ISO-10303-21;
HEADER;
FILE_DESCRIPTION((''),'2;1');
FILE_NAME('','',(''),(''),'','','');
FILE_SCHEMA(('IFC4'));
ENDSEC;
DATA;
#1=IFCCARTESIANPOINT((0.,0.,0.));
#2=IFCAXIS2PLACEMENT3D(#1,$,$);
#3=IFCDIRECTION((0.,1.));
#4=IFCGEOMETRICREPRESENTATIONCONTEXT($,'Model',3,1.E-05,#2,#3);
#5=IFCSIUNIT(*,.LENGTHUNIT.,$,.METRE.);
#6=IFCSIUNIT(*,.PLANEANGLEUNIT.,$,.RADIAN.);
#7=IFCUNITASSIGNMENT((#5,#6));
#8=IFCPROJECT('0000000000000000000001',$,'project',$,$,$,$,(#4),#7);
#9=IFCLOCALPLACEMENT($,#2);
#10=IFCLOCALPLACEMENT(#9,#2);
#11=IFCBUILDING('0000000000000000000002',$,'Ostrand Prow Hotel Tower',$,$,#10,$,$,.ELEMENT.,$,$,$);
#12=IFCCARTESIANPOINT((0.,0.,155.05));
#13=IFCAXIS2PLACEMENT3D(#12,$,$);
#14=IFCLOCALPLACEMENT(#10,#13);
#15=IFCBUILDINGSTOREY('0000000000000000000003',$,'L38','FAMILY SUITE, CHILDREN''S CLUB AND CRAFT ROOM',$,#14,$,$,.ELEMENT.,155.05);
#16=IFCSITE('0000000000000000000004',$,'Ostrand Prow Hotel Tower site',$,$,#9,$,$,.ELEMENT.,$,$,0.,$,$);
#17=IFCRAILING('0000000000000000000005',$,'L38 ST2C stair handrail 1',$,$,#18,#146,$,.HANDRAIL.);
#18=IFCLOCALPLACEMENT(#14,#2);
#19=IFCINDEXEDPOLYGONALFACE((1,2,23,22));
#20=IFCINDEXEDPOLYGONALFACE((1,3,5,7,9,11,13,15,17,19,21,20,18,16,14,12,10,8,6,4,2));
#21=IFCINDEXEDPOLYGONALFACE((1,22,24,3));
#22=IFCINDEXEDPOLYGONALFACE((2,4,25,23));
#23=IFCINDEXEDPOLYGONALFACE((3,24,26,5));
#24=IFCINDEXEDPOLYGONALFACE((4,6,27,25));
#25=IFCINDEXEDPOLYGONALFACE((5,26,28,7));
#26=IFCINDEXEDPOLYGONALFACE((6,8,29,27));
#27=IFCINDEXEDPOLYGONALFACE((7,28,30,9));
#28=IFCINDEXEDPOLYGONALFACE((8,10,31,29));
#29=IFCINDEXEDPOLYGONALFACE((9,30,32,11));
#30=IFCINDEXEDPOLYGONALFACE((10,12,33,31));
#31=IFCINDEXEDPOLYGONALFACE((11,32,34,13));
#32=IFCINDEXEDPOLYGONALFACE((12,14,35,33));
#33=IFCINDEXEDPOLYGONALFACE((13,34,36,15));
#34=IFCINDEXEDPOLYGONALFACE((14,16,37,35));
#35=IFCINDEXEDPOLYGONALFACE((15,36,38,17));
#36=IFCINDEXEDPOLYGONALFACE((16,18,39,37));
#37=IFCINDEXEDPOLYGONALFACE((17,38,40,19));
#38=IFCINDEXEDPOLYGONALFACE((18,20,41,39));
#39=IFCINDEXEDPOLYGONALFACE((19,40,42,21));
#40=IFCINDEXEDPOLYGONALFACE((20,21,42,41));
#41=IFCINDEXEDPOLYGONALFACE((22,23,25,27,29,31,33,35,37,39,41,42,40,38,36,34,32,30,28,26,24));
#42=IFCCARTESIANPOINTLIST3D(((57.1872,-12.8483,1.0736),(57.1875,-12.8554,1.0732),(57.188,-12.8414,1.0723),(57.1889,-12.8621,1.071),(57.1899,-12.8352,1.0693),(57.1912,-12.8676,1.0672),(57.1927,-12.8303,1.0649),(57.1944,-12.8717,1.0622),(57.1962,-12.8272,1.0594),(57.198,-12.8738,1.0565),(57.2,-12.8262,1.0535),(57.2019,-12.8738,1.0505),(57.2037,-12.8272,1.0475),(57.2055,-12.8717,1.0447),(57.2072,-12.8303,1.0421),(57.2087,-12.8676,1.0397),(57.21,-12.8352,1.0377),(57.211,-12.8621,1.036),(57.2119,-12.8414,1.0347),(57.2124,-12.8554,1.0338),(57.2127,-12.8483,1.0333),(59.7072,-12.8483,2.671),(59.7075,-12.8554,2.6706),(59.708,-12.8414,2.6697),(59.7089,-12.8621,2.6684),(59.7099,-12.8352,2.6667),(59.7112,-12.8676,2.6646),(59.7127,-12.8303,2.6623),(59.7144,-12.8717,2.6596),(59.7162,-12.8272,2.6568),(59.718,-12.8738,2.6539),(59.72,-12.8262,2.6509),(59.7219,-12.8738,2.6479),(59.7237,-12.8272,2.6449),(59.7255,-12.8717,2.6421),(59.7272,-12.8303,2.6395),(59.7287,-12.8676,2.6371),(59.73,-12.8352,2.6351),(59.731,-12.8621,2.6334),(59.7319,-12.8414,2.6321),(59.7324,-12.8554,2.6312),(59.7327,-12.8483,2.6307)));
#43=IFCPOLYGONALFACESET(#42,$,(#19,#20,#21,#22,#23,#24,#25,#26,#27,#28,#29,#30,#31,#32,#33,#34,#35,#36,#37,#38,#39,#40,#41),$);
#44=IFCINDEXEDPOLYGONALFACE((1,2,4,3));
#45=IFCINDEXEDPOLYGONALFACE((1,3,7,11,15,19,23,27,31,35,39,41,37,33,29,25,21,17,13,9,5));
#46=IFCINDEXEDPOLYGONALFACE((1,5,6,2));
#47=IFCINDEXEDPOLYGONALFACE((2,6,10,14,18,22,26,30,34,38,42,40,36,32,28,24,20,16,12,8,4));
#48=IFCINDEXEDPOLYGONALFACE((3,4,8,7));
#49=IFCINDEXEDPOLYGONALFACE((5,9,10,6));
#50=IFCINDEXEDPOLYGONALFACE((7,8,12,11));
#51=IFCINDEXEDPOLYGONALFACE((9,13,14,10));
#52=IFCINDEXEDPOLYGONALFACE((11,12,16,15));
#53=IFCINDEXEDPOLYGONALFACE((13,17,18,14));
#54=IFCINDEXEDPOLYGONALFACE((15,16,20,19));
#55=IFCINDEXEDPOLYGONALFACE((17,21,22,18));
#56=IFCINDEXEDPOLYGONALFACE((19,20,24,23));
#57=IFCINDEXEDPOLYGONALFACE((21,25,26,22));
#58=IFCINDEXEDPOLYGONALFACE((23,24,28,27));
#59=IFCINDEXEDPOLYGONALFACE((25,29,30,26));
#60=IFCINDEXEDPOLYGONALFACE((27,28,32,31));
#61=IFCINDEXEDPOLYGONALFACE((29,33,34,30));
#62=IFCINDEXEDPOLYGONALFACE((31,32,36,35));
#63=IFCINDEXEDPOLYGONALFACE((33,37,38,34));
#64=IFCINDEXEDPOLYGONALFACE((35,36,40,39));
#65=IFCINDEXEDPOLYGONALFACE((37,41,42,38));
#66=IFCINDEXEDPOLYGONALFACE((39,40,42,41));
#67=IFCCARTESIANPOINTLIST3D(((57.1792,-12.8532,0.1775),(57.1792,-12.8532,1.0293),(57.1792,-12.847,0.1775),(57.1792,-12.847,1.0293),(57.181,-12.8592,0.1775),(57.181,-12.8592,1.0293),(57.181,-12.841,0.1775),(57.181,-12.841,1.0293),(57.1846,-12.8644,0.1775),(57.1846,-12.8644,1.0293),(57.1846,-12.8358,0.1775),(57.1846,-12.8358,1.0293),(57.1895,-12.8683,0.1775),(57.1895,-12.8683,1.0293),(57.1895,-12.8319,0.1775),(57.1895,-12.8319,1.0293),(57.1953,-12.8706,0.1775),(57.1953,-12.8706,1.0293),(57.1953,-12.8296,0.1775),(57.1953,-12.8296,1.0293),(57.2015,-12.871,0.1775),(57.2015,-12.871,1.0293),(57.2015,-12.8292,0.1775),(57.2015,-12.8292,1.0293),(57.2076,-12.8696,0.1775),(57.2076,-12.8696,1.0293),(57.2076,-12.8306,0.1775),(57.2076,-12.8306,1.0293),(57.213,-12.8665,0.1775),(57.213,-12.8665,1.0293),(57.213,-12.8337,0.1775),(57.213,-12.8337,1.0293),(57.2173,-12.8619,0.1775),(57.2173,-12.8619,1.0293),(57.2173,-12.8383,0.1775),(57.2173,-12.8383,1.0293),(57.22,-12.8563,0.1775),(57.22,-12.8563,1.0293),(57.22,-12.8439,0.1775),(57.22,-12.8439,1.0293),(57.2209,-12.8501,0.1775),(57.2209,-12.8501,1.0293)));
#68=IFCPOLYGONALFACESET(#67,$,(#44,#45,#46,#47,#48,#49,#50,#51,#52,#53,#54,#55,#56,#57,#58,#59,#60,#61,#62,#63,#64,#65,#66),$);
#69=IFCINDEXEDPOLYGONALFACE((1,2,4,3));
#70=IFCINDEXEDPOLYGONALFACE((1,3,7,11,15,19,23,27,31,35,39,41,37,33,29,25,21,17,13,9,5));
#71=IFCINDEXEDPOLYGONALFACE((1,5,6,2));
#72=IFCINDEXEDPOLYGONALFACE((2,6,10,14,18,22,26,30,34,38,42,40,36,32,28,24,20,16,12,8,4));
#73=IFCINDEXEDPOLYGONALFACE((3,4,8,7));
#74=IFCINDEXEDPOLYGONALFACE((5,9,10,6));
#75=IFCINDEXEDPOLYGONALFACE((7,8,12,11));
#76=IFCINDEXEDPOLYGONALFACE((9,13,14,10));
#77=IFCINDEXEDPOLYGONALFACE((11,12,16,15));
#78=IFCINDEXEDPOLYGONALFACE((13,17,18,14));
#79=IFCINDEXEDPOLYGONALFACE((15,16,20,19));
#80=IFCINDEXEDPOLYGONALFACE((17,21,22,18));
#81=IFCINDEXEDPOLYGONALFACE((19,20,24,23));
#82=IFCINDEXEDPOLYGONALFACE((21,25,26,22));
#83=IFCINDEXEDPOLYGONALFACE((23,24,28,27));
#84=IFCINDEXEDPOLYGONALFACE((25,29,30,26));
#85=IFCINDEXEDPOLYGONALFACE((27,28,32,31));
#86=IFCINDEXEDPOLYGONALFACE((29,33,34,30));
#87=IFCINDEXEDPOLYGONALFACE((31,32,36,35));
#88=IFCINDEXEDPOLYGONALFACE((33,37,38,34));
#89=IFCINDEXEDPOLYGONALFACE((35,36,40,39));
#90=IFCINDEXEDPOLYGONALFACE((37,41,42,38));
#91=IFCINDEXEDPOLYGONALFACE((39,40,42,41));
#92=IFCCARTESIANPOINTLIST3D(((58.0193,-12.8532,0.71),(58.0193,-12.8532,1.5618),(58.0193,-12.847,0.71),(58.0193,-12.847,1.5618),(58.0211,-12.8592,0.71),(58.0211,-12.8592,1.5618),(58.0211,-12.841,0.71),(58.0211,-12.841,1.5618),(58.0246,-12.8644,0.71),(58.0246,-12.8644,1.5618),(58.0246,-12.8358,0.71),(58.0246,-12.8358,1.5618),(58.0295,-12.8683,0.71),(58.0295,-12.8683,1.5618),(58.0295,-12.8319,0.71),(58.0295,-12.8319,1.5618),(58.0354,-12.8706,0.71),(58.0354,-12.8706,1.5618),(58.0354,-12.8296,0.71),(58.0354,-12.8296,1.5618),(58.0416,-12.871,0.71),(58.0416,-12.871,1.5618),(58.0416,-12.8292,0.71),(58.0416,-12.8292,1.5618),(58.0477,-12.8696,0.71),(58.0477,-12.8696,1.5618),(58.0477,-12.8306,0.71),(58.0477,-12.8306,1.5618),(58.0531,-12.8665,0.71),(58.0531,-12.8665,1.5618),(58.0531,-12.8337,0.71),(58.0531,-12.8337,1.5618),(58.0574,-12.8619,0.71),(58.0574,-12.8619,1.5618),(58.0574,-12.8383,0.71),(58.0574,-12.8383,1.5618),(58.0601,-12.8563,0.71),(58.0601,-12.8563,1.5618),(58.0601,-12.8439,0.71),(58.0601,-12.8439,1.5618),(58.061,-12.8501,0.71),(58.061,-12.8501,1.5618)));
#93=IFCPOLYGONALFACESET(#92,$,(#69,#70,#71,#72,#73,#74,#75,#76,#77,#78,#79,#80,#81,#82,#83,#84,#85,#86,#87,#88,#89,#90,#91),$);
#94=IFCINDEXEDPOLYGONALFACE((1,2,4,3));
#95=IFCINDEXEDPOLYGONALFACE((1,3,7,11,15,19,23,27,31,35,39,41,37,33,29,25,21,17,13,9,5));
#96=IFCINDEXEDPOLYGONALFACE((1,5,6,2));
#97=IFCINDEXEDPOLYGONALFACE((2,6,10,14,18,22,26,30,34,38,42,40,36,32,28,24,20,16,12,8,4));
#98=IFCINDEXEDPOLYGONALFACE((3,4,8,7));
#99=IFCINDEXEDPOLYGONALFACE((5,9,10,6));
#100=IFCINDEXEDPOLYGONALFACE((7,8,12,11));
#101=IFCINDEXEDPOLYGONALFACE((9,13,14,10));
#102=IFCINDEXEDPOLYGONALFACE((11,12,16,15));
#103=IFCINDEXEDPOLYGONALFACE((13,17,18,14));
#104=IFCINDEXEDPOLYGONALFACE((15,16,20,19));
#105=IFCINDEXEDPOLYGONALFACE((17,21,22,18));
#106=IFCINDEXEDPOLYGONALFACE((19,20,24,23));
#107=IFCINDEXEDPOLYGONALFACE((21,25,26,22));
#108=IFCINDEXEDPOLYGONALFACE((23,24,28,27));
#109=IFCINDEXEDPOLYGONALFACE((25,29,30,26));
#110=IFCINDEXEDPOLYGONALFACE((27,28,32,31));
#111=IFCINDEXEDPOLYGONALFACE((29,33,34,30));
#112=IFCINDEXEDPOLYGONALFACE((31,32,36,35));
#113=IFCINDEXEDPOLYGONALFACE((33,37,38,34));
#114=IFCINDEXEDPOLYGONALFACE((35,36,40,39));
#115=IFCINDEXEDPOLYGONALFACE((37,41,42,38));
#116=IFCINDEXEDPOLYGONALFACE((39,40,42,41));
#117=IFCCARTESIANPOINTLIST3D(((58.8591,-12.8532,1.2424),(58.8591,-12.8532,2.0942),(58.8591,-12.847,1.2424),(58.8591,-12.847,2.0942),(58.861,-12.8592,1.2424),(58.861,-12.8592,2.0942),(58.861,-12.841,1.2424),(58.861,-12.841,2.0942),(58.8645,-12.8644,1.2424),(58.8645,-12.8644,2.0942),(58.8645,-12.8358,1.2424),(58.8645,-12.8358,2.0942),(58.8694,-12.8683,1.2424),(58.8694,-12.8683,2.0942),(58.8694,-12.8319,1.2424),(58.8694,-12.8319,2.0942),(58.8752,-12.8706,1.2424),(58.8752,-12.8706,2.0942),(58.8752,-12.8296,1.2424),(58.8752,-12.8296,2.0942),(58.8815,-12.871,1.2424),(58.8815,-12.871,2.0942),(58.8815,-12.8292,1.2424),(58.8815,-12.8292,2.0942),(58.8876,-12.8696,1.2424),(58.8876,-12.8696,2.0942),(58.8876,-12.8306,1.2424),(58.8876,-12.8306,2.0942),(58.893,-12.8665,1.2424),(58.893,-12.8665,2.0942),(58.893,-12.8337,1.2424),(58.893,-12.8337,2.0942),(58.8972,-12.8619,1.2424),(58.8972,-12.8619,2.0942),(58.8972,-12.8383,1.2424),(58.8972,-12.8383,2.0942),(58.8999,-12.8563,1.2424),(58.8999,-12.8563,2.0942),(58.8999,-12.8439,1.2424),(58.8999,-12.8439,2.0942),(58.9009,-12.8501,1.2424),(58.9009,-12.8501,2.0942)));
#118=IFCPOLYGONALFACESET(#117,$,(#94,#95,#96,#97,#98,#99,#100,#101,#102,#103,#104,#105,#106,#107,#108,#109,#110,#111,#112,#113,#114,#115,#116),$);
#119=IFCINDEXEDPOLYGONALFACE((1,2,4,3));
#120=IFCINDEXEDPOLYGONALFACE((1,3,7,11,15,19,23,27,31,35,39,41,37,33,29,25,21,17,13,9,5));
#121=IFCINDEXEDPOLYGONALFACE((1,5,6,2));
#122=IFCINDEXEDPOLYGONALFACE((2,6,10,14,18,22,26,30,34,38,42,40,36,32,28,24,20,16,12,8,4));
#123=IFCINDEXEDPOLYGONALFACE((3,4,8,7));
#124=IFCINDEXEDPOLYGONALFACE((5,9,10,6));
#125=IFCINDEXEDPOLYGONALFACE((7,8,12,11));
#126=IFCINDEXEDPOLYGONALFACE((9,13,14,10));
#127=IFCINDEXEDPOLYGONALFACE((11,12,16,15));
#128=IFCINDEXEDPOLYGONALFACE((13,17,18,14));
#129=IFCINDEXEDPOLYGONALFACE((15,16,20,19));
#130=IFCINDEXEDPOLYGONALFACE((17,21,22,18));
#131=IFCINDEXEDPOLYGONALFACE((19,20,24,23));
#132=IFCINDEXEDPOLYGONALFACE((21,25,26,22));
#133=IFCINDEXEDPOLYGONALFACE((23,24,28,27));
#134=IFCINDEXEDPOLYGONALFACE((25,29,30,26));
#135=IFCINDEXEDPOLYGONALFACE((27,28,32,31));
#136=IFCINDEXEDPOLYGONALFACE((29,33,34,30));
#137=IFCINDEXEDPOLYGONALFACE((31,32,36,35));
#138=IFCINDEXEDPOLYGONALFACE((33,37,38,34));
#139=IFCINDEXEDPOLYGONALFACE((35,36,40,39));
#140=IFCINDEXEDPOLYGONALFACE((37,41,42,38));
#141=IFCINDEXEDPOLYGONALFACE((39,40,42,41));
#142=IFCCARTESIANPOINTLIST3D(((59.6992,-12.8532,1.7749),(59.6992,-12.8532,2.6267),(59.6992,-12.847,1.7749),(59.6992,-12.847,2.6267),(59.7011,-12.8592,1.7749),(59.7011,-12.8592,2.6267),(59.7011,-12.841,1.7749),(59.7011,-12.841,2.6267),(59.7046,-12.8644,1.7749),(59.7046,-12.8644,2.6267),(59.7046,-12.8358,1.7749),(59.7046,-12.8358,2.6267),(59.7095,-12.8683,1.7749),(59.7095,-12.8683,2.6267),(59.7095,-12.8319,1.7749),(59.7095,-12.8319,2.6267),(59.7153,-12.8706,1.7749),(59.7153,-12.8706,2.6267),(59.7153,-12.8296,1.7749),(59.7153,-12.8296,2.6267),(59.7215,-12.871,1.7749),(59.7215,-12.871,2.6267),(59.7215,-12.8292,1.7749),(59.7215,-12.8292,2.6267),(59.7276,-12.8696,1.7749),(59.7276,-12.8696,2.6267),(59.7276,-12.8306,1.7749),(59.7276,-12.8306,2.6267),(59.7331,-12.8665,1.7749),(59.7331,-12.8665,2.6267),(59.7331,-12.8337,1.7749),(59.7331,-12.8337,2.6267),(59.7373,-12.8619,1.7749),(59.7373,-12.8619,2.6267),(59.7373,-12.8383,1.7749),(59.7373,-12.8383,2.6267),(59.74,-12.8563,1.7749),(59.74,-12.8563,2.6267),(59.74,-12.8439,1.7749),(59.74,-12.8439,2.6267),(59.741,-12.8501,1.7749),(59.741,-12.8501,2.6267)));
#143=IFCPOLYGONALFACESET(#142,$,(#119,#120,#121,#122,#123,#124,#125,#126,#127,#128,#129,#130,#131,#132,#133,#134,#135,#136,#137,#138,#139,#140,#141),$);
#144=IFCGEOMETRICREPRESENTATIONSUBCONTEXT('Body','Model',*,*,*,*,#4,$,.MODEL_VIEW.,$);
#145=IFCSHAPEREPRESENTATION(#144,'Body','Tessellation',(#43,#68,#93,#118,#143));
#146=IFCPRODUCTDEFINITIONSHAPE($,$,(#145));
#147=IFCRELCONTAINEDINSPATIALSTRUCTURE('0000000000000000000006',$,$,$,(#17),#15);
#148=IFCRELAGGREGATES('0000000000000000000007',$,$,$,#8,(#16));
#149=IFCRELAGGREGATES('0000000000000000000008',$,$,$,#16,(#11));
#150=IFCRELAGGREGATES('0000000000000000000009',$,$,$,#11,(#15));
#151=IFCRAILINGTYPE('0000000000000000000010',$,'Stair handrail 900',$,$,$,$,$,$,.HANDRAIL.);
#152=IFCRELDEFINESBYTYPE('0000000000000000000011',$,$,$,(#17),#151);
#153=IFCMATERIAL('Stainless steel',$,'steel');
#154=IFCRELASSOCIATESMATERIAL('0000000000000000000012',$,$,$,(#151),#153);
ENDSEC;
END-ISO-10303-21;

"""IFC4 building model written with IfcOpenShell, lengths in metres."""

from ifc_helpers import new_model, si_unit, direction, frame, origin, origin_2d, place, context, subcontext, project, spatial, circle, extrude, material, type_object, element, save


model = new_model("IFC4")

# Units and contexts
model_context = context("Model", 3, precision=1e-05, world=origin(), true_north=direction((0.0, 1.0)))
body_context = subcontext(model_context, "Body", "Model", "MODEL_VIEW")
ifc_project = project(units=[si_unit("LENGTHUNIT", "METRE"), si_unit("PLANEANGLEUNIT", "RADIAN")], contexts=[model_context])

# Site, building, storey
site_placement = place(None, origin())
site = spatial("IfcSite", under=ifc_project, at=site_placement, Name="Ostrand Prow Hotel Tower site", CompositionType="ELEMENT", RefElevation=0.0)
building_placement = place(site_placement, origin())
building = spatial("IfcBuilding", under=site, at=building_placement, Name="Ostrand Prow Hotel Tower", CompositionType="ELEMENT")
storey_placement = place(building_placement, frame((0.0, 0.0, 155.05)))
storey = spatial("IfcBuildingStorey", under=building, at=storey_placement, Name="L38", Description="FAMILY SUITE, CHILDREN'S CLUB AND CRAFT ROOM", CompositionType="ELEMENT", Elevation=155.05)

# Railing
ifc_material_1 = material(Name="Stainless steel", Category="steel")
railing_type = type_object("IfcRailingType", Name="Stair handrail 900", PredefinedType="HANDRAIL", material=ifc_material_1)
railing_placement = place(storey_placement, frame((57.2, -12.8501, 0.1775)))
element("IfcRailing", 1, at=railing_placement, inside=storey, type_object=railing_type, Name="L38 ST2C stair handrail 1", PredefinedType="HANDRAIL", context=body_context, shape_type="SweptSolid", body=[
    extrude(circle(Radius=0.0239, at=origin_2d()), frame((0.0, 0.0, 0.876), z_axis=(0.844607, 0.0, 0.535387), x_axis=(0.0, 1.0, 0.0)), (0.0, 0.0, 1.0), 2.9836),
    extrude(circle(Radius=0.021, at=origin_2d()), origin(), (0.0, 0.0, 1.0), 0.8518),
    extrude(circle(Radius=0.021, at=origin_2d()), frame((0.8401, 0.0, 0.5325)), (0.0, 0.0, 1.0), 0.8518),
    extrude(circle(Radius=0.021, at=origin_2d()), frame((1.6799, 0.0, 1.0649)), (0.0, 0.0, 1.0), 0.8518),
    extrude(circle(Radius=0.021, at=origin_2d()), frame((2.52, 0.0, 1.5974)), (0.0, 0.0, 1.0), 0.8518),
])

save(model, "model.ifc")
